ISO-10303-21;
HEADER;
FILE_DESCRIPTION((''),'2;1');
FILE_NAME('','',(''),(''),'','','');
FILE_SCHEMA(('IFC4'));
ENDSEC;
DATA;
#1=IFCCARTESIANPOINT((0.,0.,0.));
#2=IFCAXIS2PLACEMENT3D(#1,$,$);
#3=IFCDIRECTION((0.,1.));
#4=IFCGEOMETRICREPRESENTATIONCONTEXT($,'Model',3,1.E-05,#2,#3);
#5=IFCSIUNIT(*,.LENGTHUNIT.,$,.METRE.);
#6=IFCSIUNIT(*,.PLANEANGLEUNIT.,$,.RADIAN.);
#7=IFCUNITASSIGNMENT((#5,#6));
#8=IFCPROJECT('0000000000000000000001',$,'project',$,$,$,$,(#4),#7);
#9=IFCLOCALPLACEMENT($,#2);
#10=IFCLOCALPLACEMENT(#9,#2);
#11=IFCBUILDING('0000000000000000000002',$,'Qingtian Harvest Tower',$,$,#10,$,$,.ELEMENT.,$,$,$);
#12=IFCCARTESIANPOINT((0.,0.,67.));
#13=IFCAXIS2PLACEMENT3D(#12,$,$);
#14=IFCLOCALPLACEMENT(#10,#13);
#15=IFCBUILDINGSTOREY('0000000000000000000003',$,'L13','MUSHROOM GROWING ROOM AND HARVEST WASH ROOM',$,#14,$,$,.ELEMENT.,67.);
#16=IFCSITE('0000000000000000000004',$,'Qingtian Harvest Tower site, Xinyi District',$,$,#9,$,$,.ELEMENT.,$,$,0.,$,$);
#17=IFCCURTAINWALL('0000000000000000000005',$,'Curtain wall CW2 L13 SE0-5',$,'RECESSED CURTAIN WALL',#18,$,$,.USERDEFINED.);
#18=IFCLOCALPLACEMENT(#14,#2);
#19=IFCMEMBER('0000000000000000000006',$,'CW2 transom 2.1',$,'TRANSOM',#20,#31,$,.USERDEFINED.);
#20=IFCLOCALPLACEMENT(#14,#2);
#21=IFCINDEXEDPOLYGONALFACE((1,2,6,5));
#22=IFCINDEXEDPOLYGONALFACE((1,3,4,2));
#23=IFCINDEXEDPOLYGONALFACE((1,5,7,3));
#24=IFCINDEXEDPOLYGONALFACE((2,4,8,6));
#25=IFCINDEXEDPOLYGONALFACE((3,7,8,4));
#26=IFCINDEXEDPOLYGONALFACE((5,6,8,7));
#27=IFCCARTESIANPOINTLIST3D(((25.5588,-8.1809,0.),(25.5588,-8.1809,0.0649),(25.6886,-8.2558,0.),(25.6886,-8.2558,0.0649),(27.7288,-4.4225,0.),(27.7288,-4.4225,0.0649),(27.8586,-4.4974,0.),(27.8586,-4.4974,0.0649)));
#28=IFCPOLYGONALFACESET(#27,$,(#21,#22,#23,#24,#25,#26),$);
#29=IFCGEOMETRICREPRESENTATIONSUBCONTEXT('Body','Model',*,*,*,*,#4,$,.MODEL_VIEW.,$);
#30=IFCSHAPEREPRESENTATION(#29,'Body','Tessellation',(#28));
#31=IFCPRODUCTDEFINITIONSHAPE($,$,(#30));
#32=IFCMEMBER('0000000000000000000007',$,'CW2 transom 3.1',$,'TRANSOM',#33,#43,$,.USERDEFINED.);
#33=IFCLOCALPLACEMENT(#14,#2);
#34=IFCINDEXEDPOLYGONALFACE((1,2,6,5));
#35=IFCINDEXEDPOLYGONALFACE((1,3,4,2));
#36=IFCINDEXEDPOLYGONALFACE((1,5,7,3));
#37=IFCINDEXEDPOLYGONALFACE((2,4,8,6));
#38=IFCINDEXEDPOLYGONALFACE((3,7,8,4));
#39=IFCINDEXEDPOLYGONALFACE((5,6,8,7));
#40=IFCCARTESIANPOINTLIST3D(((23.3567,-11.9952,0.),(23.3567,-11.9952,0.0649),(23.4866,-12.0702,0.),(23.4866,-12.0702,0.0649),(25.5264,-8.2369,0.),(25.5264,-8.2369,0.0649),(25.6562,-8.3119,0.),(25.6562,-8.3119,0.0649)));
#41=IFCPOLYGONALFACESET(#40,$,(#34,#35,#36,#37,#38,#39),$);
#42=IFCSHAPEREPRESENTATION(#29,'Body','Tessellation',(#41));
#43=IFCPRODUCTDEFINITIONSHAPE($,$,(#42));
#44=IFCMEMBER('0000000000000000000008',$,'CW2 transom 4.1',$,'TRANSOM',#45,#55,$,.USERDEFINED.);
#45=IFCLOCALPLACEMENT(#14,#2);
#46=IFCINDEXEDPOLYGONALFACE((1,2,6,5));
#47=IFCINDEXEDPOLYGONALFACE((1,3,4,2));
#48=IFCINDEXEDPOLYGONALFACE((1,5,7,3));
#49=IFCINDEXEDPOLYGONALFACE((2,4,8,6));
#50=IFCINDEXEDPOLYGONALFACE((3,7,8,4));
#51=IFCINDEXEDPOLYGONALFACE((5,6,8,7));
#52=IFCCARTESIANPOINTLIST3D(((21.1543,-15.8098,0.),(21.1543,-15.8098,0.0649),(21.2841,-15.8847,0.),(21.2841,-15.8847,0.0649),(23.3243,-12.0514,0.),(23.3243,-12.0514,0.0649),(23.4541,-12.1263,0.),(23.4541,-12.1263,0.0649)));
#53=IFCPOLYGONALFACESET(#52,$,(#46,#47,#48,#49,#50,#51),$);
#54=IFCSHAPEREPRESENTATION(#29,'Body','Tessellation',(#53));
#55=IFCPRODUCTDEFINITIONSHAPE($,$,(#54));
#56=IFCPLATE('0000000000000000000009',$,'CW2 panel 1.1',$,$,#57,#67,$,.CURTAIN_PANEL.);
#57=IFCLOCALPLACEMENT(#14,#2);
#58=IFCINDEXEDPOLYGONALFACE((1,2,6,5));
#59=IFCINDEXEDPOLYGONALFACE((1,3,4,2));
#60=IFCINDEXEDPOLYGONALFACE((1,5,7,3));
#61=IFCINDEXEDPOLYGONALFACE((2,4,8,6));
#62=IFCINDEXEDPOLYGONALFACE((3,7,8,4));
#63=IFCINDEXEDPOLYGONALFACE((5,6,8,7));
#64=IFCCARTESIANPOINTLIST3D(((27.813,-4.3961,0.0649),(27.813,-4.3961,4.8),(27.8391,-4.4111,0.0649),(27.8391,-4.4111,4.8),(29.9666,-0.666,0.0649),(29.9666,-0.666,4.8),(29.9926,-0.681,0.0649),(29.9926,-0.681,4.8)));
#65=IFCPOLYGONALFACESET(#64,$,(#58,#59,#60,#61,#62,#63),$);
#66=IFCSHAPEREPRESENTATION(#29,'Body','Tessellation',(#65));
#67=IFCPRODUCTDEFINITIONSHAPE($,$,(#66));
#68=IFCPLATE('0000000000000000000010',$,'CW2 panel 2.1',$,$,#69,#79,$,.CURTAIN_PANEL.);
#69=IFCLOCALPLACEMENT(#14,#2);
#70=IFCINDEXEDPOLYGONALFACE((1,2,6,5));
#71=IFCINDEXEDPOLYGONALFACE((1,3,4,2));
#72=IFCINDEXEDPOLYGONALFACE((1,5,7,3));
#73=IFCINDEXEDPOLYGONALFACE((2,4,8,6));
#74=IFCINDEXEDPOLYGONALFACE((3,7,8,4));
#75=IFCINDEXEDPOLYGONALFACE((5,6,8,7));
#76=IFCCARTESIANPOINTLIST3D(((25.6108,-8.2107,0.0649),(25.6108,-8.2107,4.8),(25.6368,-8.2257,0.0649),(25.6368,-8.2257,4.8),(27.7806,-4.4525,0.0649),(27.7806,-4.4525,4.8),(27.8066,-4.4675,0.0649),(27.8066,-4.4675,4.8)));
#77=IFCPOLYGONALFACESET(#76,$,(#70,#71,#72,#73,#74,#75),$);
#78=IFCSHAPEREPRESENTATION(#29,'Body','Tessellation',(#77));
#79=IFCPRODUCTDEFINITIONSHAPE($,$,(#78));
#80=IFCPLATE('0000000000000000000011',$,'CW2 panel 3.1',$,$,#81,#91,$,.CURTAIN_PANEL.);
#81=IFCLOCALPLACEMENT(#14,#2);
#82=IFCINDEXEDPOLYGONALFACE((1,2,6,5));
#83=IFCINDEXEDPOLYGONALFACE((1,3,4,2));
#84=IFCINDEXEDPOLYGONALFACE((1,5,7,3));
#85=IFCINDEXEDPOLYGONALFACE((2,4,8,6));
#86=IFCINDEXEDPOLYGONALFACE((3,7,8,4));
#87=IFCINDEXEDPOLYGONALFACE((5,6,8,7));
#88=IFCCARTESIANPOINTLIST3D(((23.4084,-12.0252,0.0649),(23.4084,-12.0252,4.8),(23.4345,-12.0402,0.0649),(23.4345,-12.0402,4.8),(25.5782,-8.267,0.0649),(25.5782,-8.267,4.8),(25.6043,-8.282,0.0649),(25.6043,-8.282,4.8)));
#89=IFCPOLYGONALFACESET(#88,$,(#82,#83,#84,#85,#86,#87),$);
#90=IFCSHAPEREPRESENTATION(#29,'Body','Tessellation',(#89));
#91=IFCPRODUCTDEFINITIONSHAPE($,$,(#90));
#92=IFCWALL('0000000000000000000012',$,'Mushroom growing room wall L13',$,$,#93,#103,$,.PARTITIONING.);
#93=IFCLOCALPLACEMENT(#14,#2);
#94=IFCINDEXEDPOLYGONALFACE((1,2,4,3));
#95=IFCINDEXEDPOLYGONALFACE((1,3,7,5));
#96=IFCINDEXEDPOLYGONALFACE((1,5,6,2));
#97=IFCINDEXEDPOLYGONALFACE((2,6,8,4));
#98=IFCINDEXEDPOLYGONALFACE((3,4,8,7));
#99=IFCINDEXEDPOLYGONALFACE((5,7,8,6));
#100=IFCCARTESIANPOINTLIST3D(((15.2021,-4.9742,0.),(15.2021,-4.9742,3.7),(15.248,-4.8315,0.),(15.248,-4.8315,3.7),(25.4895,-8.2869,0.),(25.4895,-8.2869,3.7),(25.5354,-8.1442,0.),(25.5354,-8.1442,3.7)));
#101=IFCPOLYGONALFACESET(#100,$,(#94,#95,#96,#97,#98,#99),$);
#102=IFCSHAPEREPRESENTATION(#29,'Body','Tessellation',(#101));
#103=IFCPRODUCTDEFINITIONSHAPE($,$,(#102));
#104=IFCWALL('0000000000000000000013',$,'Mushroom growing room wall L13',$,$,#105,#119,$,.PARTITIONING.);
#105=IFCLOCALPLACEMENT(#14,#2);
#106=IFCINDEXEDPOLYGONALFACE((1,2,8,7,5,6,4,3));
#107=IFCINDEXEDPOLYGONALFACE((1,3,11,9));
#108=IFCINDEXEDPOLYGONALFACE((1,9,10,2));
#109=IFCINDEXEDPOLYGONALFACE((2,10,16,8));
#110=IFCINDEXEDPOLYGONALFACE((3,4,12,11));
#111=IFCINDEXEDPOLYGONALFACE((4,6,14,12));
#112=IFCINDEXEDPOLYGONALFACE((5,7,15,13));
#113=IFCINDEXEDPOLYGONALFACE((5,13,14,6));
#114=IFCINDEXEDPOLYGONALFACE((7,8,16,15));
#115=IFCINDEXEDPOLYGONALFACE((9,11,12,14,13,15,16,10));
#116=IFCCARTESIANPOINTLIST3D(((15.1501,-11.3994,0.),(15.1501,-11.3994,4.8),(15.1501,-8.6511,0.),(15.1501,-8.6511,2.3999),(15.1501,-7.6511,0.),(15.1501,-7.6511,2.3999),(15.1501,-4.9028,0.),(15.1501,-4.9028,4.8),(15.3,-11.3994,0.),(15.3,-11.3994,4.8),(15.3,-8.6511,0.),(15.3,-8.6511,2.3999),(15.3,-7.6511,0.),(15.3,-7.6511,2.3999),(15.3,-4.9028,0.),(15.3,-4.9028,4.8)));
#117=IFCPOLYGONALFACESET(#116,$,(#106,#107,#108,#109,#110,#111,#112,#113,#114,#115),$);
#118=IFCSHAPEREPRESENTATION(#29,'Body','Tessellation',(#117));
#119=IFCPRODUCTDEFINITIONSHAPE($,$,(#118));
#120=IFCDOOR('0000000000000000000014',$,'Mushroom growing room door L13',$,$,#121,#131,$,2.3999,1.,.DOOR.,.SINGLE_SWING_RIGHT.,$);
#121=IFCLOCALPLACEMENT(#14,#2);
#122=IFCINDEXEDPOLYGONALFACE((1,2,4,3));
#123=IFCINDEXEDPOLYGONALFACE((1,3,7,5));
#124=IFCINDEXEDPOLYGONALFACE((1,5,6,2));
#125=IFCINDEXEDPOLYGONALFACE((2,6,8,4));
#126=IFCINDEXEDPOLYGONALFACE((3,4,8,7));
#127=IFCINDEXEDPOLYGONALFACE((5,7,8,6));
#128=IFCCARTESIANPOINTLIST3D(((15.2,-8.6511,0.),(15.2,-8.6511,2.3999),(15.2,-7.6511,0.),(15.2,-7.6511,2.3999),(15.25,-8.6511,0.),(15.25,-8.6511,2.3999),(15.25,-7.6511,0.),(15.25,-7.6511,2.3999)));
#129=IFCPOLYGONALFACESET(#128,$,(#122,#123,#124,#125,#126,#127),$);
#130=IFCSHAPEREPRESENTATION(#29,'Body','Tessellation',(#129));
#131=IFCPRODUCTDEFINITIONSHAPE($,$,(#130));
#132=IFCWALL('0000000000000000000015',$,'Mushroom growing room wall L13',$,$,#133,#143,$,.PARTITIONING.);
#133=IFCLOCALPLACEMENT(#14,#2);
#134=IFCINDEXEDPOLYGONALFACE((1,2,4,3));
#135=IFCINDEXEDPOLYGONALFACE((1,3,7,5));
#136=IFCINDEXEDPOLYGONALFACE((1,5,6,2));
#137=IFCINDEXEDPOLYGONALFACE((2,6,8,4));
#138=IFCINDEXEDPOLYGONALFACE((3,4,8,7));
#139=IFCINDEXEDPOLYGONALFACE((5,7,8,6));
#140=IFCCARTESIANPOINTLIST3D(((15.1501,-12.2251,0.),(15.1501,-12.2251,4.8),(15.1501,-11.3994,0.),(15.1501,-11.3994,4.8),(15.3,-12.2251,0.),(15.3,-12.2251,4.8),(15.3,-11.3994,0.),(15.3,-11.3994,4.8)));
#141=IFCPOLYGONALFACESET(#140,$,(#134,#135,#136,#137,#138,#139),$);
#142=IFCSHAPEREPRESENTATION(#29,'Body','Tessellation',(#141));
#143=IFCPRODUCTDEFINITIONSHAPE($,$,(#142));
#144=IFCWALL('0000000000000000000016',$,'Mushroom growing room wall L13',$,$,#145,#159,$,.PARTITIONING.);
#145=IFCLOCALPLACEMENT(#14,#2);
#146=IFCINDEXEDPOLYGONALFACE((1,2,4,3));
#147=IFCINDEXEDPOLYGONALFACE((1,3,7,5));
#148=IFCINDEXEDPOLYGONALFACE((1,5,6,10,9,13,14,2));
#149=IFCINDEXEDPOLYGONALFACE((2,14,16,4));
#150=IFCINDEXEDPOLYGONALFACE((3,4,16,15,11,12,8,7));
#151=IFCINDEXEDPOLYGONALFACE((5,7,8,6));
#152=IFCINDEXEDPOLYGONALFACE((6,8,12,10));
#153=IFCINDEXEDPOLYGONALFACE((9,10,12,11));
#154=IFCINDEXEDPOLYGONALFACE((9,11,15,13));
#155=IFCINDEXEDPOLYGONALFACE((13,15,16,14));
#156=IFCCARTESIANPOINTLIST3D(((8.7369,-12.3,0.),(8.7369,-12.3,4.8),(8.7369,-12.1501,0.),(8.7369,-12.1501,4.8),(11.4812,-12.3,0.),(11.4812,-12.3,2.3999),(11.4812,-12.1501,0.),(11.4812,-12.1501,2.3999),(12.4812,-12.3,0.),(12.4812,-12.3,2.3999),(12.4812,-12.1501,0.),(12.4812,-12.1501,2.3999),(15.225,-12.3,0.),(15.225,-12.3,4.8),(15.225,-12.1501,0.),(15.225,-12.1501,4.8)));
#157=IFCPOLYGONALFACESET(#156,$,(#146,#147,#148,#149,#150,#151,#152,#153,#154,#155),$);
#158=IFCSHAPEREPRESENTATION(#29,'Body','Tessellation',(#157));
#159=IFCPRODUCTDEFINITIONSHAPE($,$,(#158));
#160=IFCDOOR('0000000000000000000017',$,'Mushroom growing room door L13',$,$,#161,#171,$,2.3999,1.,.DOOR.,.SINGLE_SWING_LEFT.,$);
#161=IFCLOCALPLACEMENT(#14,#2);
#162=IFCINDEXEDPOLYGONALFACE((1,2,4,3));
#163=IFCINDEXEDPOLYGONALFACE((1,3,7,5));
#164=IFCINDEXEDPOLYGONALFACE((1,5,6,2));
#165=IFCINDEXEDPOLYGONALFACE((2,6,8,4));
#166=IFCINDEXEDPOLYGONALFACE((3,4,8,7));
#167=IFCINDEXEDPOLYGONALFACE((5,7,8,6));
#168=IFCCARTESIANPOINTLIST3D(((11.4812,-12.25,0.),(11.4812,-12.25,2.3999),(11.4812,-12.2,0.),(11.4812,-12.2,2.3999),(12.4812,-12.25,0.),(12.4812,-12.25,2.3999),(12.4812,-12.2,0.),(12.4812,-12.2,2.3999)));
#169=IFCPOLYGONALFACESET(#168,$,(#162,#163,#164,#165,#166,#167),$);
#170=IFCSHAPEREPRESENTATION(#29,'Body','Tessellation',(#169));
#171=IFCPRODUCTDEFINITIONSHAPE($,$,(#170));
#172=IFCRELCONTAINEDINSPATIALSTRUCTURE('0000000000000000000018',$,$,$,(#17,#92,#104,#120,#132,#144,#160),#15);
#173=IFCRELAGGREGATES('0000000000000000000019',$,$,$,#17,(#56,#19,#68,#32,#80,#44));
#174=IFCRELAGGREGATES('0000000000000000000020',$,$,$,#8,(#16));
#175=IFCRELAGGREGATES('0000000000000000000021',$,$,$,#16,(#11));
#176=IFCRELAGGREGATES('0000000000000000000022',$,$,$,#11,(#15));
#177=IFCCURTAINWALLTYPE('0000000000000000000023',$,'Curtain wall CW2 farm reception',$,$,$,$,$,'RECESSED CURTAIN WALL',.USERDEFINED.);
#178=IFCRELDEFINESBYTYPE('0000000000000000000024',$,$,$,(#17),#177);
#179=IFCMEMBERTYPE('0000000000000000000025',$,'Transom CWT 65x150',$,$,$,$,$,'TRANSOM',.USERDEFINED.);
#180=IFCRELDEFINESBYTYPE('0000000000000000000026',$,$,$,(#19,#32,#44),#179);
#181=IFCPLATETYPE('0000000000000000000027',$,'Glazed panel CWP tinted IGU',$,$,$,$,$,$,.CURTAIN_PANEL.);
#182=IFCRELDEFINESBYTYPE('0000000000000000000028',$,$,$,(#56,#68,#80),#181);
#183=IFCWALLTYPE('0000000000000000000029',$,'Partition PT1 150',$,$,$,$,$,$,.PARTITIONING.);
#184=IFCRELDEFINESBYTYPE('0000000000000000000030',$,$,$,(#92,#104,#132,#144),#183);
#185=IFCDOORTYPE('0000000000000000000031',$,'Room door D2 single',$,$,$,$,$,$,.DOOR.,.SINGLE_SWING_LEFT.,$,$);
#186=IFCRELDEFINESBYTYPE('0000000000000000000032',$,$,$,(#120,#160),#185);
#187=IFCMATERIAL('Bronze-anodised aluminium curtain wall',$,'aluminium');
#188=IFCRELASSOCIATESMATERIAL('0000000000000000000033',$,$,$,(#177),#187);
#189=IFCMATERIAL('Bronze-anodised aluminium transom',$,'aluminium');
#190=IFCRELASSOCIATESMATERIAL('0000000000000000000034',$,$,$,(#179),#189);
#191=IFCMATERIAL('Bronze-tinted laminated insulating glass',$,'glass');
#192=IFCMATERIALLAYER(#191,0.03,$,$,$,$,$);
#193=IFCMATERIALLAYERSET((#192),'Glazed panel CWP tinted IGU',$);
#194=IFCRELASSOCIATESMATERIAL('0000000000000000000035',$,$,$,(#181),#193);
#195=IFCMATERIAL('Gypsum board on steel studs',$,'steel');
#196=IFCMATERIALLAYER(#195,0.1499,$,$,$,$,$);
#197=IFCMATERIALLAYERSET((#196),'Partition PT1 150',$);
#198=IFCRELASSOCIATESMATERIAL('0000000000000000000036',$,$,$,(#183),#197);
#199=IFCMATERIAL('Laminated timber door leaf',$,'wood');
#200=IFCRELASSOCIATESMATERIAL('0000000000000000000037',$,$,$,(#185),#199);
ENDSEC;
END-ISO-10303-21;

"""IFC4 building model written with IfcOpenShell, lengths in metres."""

from ifc_helpers import new_model, si_unit, direction, frame, frame_2d, origin, origin_2d, place, context, subcontext, project, spatial, rectangle, extrude, material, layer, layer_set, material_profile, profile_set, type_object, element, fill, aggregate, save


model = new_model("IFC4")

# Units and contexts
model_context = context("Model", 3, precision=1e-05, world=origin(), true_north=direction((0.0, 1.0)))
body_context = subcontext(model_context, "Body", "Model", "MODEL_VIEW")
ifc_project = project(units=[si_unit("LENGTHUNIT", "METRE"), si_unit("PLANEANGLEUNIT", "RADIAN")], contexts=[model_context])

# Site, building, storey
site_placement = place(None, origin())
site = spatial("IfcSite", under=ifc_project, at=site_placement, Name="Qingtian Harvest Tower site, Xinyi District", CompositionType="ELEMENT", RefElevation=0.0)
building_placement = place(site_placement, origin())
building = spatial("IfcBuilding", under=site, at=building_placement, Name="Qingtian Harvest Tower", CompositionType="ELEMENT")
storey_placement = place(building_placement, frame((0.0, 0.0, 67.0)))
storey = spatial("IfcBuildingStorey", under=building, at=storey_placement, Name="L13", Description="MUSHROOM GROWING ROOM AND HARVEST WASH ROOM", CompositionType="ELEMENT", Elevation=67.0)

# Shared definitions
ifc_material_1 = material(Name="Bronze-anodised aluminium curtain wall", Category="aluminium")
curtain_wall_type = type_object("IfcCurtainWallType", Name="Curtain wall CW2 farm reception", ElementType="RECESSED CURTAIN WALL", PredefinedType="USERDEFINED", material=ifc_material_1)

# Curtain wall
curtain_wall_1_placement = place(storey_placement, origin())
curtain_wall_1 = element("IfcCurtainWall", 1, at=curtain_wall_1_placement, inside=storey, type_object=curtain_wall_type, Name="Curtain wall CW2 L13 SE0-5", ObjectType="RECESSED CURTAIN WALL", PredefinedType="USERDEFINED")

# Members
ifc_material_2 = material(Name="Bronze-anodised aluminium transom", Category="aluminium")
ifc_material_profile_1 = material_profile(ifc_material_2, rectangle(XDim=0.1499, YDim=0.0649, at=origin_2d()), Name="AL 65x150")
ifc_profile_set_1 = profile_set([ifc_material_profile_1], Name="Bronze-anodised aluminium transom")
member_type_1 = type_object("IfcMemberType", Name="Transom CWT 65x150", ElementType="TRANSOM", PredefinedType="USERDEFINED", material=ifc_profile_set_1)
member_1_placement = place(storey_placement, frame((27.7937, -4.46, 0.0325), z_axis=(-0.500011, -0.866019, 0.0), x_axis=(0.866019, -0.500011, 0.0)))
member_1 = element("IfcMember", 2, at=member_1_placement, type_object=member_type_1, Name="CW2 transom 2.1", ObjectType="TRANSOM", PredefinedType="USERDEFINED", context=body_context, shape_type="SweptSolid", body=[
    extrude(rectangle(XDim=0.1499, YDim=0.0649, at=origin_2d()), origin(), (0.0, 0.0, 1.0), 4.3398),
])
member_2_placement = place(storey_placement, frame((25.5913, -8.2744, 0.0325), z_axis=(-0.499969, -0.866043, 0.0), x_axis=(0.866043, -0.499969, 0.0)))
member_2 = element("IfcMember", 3, at=member_2_placement, type_object=member_type_1, Name="CW2 transom 3.1", ObjectType="TRANSOM", PredefinedType="USERDEFINED", context=body_context, shape_type="SweptSolid", body=[
    extrude(rectangle(XDim=0.1499, YDim=0.0649, at=origin_2d()), origin(), (0.0, 0.0, 1.0), 4.3396),
])
member_3_placement = place(storey_placement, frame((23.3892, -12.0889, 0.0325), z_axis=(-0.500011, -0.866019, 0.0), x_axis=(0.866019, -0.500011, 0.0)))
member_3 = element("IfcMember", 4, at=member_3_placement, type_object=member_type_1, Name="CW2 transom 4.1", ObjectType="TRANSOM", PredefinedType="USERDEFINED", context=body_context, shape_type="SweptSolid", body=[
    extrude(rectangle(XDim=0.1499, YDim=0.0649, at=origin_2d()), origin(), (0.0, 0.0, 1.0), 4.3398),
])

# Plates
ifc_material_3 = material(Name="Bronze-tinted laminated insulating glass", Category="glass")
ifc_layer_1 = layer(ifc_material_3, 0.03)
ifc_layer_set_1 = layer_set([ifc_layer_1], Name="Glazed panel CWP tinted IGU")
plate_type = type_object("IfcPlateType", Name="Glazed panel CWP tinted IGU", PredefinedType="CURTAIN_PANEL", material=ifc_layer_set_1)
plate_1_placement = place(storey_placement, frame((28.9028, -2.5386, 0.0649), z_axis=(0.0, 0.0, 1.0), x_axis=(-0.5, -0.866025, 0.0)))
plate_1 = element("IfcPlate", 5, at=plate_1_placement, type_object=plate_type, Name="CW2 panel 1.1", PredefinedType="CURTAIN_PANEL", context=body_context, shape_type="SweptSolid", body=[
    extrude(rectangle(XDim=4.3071, YDim=0.03, at=origin_2d()), origin(), (0.0, 0.0, 1.0), 4.7351),
])
plate_2_placement = place(storey_placement, frame((26.7087, -6.3391, 0.0649), z_axis=(0.0, 0.0, 1.0), x_axis=(-0.5, -0.866025, 0.0)))
plate_2 = element("IfcPlate", 6, at=plate_2_placement, type_object=plate_type, Name="CW2 panel 2.1", PredefinedType="CURTAIN_PANEL", context=body_context, shape_type="SweptSolid", body=[
    extrude(rectangle(XDim=4.3396, YDim=0.03, at=origin_2d()), origin(), (0.0, 0.0, 1.0), 4.7351),
])
plate_3_placement = place(storey_placement, frame((24.5063, -10.1536, 0.0649), z_axis=(0.0, 0.0, 1.0), x_axis=(-0.5, -0.866025, 0.0)))
plate_3 = element("IfcPlate", 7, at=plate_3_placement, type_object=plate_type, Name="CW2 panel 3.1", PredefinedType="CURTAIN_PANEL", context=body_context, shape_type="SweptSolid", body=[
    extrude(rectangle(XDim=4.3396, YDim=0.03, at=origin_2d()), origin(), (0.0, 0.0, 1.0), 4.7351),
])
aggregate(curtain_wall_1, [plate_1, member_1, plate_2, member_2, plate_3, member_3])

# Wall
ifc_material_4 = material(Name="Gypsum board on steel studs", Category="steel")
ifc_layer_2 = layer(ifc_material_4, 0.1499)
ifc_layer_set_2 = layer_set([ifc_layer_2], Name="Partition PT1 150")
wall_type = type_object("IfcWallType", Name="Partition PT1 150", PredefinedType="PARTITIONING", material=ifc_layer_set_2)
wall_1_placement = place(storey_placement, frame((25.5125, -8.2156, 0.0), z_axis=(0.0, 0.0, 1.0), x_axis=(-0.951864, 0.30652, 0.0)))
element("IfcWall", 8, at=wall_1_placement, inside=storey, type_object=wall_type, Name="Mushroom growing room wall L13", PredefinedType="PARTITIONING", context=body_context, shape_type="SweptSolid", body=[
    extrude(rectangle(XDim=10.8076, YDim=0.1499, at=frame_2d((5.4038, 0.0))), origin(), (0.0, 0.0, 1.0), 3.7),
])

# Wall, opening, door
wall_2_placement = place(storey_placement, frame((15.2251, -4.9028, 0.0), z_axis=(0.0, 0.0, 1.0), x_axis=(0.0, -1.0, 0.0)))
wall_2 = element("IfcWall", 9, at=wall_2_placement, inside=storey, type_object=wall_type, Name="Mushroom growing room wall L13", PredefinedType="PARTITIONING", context=body_context, shape_type="SweptSolid", body=[
    extrude(rectangle(XDim=6.4966, YDim=0.1499, at=frame_2d((3.2483, 0.0))), origin(), (0.0, 0.0, 1.0), 4.8),
])
opening_1_placement = place(wall_2_placement, frame((2.7483, 0.0, 0.0)))
opening_1 = element("IfcOpeningElement", 10, at=opening_1_placement, cuts=wall_2, PredefinedType="OPENING", context=body_context, shape_type="SweptSolid", body=[
    extrude(rectangle(XDim=1.0, YDim=2.3999, at=frame_2d((0.5, 1.2))), frame((0.0, 0.085, 0.0), z_axis=(0.0, -1.0, 0.0), x_axis=(1.0, 0.0, 0.0)), (0.0, 0.0, 1.0), 0.1699),
])
ifc_material_5 = material(Name="Laminated timber door leaf", Category="wood")
door_type = type_object("IfcDoorType", Name="Room door D2 single", OperationType="SINGLE_SWING_LEFT", PredefinedType="DOOR", material=ifc_material_5)
door_1_placement = place(opening_1_placement, origin())
door_1 = element("IfcDoor", 11, at=door_1_placement, inside=storey, type_object=door_type, Name="Mushroom growing room door L13", OperationType="SINGLE_SWING_RIGHT", OverallHeight=2.3999, OverallWidth=1.0, PredefinedType="DOOR", context=body_context, shape_type="SweptSolid", body=[
    extrude(rectangle(XDim=1.0, YDim=2.3999, at=frame_2d((0.5, 1.2))), frame((0.0, 0.0249, 0.0), z_axis=(0.0, -1.0, 0.0), x_axis=(1.0, 0.0, 0.0)), (0.0, 0.0, 1.0), 0.05),
])
fill(opening_1, door_1)

# Wall
wall_3_placement = place(storey_placement, frame((15.2251, -11.3994, 0.0), z_axis=(0.0, 0.0, 1.0), x_axis=(0.0, -1.0, 0.0)))
element("IfcWall", 12, at=wall_3_placement, inside=storey, type_object=wall_type, Name="Mushroom growing room wall L13", PredefinedType="PARTITIONING", context=body_context, shape_type="SweptSolid", body=[
    extrude(rectangle(XDim=0.8257, YDim=0.1499, at=frame_2d((0.4128, 0.0))), origin(), (0.0, 0.0, 1.0), 4.8),
])

# Wall, opening, door
wall_4_placement = place(storey_placement, frame((15.2251, -12.2251, 0.0), z_axis=(0.0, 0.0, 1.0), x_axis=(-1.0, 0.0, 0.0)))
wall_4 = element("IfcWall", 13, at=wall_4_placement, inside=storey, type_object=wall_type, Name="Mushroom growing room wall L13", PredefinedType="PARTITIONING", context=body_context, shape_type="SweptSolid", body=[
    extrude(rectangle(XDim=6.488, YDim=0.1499, at=frame_2d((3.2441, 0.0))), origin(), (0.0, 0.0, 1.0), 4.8),
])
opening_2_placement = place(wall_4_placement, frame((2.7439, 0.0, 0.0)))
opening_2 = element("IfcOpeningElement", 14, at=opening_2_placement, cuts=wall_4, PredefinedType="OPENING", context=body_context, shape_type="SweptSolid", body=[
    extrude(rectangle(XDim=1.0, YDim=2.3999, at=frame_2d((0.5, 1.2))), frame((0.0, 0.085, 0.0), z_axis=(0.0, -1.0, 0.0), x_axis=(1.0, 0.0, 0.0)), (0.0, 0.0, 1.0), 0.1699),
])
door_2_placement = place(opening_2_placement, origin())
door_2 = element("IfcDoor", 15, at=door_2_placement, inside=storey, type_object=door_type, Name="Mushroom growing room door L13", OperationType="SINGLE_SWING_LEFT", OverallHeight=2.3999, OverallWidth=1.0, PredefinedType="DOOR", context=body_context, shape_type="SweptSolid", body=[
    extrude(rectangle(XDim=1.0, YDim=2.3999, at=frame_2d((0.5, 1.2))), frame((0.0, 0.0249, 0.0), z_axis=(0.0, -1.0, 0.0), x_axis=(1.0, 0.0, 0.0)), (0.0, 0.0, 1.0), 0.05),
])
fill(opening_2, door_2)

save(model, "model.ifc")
